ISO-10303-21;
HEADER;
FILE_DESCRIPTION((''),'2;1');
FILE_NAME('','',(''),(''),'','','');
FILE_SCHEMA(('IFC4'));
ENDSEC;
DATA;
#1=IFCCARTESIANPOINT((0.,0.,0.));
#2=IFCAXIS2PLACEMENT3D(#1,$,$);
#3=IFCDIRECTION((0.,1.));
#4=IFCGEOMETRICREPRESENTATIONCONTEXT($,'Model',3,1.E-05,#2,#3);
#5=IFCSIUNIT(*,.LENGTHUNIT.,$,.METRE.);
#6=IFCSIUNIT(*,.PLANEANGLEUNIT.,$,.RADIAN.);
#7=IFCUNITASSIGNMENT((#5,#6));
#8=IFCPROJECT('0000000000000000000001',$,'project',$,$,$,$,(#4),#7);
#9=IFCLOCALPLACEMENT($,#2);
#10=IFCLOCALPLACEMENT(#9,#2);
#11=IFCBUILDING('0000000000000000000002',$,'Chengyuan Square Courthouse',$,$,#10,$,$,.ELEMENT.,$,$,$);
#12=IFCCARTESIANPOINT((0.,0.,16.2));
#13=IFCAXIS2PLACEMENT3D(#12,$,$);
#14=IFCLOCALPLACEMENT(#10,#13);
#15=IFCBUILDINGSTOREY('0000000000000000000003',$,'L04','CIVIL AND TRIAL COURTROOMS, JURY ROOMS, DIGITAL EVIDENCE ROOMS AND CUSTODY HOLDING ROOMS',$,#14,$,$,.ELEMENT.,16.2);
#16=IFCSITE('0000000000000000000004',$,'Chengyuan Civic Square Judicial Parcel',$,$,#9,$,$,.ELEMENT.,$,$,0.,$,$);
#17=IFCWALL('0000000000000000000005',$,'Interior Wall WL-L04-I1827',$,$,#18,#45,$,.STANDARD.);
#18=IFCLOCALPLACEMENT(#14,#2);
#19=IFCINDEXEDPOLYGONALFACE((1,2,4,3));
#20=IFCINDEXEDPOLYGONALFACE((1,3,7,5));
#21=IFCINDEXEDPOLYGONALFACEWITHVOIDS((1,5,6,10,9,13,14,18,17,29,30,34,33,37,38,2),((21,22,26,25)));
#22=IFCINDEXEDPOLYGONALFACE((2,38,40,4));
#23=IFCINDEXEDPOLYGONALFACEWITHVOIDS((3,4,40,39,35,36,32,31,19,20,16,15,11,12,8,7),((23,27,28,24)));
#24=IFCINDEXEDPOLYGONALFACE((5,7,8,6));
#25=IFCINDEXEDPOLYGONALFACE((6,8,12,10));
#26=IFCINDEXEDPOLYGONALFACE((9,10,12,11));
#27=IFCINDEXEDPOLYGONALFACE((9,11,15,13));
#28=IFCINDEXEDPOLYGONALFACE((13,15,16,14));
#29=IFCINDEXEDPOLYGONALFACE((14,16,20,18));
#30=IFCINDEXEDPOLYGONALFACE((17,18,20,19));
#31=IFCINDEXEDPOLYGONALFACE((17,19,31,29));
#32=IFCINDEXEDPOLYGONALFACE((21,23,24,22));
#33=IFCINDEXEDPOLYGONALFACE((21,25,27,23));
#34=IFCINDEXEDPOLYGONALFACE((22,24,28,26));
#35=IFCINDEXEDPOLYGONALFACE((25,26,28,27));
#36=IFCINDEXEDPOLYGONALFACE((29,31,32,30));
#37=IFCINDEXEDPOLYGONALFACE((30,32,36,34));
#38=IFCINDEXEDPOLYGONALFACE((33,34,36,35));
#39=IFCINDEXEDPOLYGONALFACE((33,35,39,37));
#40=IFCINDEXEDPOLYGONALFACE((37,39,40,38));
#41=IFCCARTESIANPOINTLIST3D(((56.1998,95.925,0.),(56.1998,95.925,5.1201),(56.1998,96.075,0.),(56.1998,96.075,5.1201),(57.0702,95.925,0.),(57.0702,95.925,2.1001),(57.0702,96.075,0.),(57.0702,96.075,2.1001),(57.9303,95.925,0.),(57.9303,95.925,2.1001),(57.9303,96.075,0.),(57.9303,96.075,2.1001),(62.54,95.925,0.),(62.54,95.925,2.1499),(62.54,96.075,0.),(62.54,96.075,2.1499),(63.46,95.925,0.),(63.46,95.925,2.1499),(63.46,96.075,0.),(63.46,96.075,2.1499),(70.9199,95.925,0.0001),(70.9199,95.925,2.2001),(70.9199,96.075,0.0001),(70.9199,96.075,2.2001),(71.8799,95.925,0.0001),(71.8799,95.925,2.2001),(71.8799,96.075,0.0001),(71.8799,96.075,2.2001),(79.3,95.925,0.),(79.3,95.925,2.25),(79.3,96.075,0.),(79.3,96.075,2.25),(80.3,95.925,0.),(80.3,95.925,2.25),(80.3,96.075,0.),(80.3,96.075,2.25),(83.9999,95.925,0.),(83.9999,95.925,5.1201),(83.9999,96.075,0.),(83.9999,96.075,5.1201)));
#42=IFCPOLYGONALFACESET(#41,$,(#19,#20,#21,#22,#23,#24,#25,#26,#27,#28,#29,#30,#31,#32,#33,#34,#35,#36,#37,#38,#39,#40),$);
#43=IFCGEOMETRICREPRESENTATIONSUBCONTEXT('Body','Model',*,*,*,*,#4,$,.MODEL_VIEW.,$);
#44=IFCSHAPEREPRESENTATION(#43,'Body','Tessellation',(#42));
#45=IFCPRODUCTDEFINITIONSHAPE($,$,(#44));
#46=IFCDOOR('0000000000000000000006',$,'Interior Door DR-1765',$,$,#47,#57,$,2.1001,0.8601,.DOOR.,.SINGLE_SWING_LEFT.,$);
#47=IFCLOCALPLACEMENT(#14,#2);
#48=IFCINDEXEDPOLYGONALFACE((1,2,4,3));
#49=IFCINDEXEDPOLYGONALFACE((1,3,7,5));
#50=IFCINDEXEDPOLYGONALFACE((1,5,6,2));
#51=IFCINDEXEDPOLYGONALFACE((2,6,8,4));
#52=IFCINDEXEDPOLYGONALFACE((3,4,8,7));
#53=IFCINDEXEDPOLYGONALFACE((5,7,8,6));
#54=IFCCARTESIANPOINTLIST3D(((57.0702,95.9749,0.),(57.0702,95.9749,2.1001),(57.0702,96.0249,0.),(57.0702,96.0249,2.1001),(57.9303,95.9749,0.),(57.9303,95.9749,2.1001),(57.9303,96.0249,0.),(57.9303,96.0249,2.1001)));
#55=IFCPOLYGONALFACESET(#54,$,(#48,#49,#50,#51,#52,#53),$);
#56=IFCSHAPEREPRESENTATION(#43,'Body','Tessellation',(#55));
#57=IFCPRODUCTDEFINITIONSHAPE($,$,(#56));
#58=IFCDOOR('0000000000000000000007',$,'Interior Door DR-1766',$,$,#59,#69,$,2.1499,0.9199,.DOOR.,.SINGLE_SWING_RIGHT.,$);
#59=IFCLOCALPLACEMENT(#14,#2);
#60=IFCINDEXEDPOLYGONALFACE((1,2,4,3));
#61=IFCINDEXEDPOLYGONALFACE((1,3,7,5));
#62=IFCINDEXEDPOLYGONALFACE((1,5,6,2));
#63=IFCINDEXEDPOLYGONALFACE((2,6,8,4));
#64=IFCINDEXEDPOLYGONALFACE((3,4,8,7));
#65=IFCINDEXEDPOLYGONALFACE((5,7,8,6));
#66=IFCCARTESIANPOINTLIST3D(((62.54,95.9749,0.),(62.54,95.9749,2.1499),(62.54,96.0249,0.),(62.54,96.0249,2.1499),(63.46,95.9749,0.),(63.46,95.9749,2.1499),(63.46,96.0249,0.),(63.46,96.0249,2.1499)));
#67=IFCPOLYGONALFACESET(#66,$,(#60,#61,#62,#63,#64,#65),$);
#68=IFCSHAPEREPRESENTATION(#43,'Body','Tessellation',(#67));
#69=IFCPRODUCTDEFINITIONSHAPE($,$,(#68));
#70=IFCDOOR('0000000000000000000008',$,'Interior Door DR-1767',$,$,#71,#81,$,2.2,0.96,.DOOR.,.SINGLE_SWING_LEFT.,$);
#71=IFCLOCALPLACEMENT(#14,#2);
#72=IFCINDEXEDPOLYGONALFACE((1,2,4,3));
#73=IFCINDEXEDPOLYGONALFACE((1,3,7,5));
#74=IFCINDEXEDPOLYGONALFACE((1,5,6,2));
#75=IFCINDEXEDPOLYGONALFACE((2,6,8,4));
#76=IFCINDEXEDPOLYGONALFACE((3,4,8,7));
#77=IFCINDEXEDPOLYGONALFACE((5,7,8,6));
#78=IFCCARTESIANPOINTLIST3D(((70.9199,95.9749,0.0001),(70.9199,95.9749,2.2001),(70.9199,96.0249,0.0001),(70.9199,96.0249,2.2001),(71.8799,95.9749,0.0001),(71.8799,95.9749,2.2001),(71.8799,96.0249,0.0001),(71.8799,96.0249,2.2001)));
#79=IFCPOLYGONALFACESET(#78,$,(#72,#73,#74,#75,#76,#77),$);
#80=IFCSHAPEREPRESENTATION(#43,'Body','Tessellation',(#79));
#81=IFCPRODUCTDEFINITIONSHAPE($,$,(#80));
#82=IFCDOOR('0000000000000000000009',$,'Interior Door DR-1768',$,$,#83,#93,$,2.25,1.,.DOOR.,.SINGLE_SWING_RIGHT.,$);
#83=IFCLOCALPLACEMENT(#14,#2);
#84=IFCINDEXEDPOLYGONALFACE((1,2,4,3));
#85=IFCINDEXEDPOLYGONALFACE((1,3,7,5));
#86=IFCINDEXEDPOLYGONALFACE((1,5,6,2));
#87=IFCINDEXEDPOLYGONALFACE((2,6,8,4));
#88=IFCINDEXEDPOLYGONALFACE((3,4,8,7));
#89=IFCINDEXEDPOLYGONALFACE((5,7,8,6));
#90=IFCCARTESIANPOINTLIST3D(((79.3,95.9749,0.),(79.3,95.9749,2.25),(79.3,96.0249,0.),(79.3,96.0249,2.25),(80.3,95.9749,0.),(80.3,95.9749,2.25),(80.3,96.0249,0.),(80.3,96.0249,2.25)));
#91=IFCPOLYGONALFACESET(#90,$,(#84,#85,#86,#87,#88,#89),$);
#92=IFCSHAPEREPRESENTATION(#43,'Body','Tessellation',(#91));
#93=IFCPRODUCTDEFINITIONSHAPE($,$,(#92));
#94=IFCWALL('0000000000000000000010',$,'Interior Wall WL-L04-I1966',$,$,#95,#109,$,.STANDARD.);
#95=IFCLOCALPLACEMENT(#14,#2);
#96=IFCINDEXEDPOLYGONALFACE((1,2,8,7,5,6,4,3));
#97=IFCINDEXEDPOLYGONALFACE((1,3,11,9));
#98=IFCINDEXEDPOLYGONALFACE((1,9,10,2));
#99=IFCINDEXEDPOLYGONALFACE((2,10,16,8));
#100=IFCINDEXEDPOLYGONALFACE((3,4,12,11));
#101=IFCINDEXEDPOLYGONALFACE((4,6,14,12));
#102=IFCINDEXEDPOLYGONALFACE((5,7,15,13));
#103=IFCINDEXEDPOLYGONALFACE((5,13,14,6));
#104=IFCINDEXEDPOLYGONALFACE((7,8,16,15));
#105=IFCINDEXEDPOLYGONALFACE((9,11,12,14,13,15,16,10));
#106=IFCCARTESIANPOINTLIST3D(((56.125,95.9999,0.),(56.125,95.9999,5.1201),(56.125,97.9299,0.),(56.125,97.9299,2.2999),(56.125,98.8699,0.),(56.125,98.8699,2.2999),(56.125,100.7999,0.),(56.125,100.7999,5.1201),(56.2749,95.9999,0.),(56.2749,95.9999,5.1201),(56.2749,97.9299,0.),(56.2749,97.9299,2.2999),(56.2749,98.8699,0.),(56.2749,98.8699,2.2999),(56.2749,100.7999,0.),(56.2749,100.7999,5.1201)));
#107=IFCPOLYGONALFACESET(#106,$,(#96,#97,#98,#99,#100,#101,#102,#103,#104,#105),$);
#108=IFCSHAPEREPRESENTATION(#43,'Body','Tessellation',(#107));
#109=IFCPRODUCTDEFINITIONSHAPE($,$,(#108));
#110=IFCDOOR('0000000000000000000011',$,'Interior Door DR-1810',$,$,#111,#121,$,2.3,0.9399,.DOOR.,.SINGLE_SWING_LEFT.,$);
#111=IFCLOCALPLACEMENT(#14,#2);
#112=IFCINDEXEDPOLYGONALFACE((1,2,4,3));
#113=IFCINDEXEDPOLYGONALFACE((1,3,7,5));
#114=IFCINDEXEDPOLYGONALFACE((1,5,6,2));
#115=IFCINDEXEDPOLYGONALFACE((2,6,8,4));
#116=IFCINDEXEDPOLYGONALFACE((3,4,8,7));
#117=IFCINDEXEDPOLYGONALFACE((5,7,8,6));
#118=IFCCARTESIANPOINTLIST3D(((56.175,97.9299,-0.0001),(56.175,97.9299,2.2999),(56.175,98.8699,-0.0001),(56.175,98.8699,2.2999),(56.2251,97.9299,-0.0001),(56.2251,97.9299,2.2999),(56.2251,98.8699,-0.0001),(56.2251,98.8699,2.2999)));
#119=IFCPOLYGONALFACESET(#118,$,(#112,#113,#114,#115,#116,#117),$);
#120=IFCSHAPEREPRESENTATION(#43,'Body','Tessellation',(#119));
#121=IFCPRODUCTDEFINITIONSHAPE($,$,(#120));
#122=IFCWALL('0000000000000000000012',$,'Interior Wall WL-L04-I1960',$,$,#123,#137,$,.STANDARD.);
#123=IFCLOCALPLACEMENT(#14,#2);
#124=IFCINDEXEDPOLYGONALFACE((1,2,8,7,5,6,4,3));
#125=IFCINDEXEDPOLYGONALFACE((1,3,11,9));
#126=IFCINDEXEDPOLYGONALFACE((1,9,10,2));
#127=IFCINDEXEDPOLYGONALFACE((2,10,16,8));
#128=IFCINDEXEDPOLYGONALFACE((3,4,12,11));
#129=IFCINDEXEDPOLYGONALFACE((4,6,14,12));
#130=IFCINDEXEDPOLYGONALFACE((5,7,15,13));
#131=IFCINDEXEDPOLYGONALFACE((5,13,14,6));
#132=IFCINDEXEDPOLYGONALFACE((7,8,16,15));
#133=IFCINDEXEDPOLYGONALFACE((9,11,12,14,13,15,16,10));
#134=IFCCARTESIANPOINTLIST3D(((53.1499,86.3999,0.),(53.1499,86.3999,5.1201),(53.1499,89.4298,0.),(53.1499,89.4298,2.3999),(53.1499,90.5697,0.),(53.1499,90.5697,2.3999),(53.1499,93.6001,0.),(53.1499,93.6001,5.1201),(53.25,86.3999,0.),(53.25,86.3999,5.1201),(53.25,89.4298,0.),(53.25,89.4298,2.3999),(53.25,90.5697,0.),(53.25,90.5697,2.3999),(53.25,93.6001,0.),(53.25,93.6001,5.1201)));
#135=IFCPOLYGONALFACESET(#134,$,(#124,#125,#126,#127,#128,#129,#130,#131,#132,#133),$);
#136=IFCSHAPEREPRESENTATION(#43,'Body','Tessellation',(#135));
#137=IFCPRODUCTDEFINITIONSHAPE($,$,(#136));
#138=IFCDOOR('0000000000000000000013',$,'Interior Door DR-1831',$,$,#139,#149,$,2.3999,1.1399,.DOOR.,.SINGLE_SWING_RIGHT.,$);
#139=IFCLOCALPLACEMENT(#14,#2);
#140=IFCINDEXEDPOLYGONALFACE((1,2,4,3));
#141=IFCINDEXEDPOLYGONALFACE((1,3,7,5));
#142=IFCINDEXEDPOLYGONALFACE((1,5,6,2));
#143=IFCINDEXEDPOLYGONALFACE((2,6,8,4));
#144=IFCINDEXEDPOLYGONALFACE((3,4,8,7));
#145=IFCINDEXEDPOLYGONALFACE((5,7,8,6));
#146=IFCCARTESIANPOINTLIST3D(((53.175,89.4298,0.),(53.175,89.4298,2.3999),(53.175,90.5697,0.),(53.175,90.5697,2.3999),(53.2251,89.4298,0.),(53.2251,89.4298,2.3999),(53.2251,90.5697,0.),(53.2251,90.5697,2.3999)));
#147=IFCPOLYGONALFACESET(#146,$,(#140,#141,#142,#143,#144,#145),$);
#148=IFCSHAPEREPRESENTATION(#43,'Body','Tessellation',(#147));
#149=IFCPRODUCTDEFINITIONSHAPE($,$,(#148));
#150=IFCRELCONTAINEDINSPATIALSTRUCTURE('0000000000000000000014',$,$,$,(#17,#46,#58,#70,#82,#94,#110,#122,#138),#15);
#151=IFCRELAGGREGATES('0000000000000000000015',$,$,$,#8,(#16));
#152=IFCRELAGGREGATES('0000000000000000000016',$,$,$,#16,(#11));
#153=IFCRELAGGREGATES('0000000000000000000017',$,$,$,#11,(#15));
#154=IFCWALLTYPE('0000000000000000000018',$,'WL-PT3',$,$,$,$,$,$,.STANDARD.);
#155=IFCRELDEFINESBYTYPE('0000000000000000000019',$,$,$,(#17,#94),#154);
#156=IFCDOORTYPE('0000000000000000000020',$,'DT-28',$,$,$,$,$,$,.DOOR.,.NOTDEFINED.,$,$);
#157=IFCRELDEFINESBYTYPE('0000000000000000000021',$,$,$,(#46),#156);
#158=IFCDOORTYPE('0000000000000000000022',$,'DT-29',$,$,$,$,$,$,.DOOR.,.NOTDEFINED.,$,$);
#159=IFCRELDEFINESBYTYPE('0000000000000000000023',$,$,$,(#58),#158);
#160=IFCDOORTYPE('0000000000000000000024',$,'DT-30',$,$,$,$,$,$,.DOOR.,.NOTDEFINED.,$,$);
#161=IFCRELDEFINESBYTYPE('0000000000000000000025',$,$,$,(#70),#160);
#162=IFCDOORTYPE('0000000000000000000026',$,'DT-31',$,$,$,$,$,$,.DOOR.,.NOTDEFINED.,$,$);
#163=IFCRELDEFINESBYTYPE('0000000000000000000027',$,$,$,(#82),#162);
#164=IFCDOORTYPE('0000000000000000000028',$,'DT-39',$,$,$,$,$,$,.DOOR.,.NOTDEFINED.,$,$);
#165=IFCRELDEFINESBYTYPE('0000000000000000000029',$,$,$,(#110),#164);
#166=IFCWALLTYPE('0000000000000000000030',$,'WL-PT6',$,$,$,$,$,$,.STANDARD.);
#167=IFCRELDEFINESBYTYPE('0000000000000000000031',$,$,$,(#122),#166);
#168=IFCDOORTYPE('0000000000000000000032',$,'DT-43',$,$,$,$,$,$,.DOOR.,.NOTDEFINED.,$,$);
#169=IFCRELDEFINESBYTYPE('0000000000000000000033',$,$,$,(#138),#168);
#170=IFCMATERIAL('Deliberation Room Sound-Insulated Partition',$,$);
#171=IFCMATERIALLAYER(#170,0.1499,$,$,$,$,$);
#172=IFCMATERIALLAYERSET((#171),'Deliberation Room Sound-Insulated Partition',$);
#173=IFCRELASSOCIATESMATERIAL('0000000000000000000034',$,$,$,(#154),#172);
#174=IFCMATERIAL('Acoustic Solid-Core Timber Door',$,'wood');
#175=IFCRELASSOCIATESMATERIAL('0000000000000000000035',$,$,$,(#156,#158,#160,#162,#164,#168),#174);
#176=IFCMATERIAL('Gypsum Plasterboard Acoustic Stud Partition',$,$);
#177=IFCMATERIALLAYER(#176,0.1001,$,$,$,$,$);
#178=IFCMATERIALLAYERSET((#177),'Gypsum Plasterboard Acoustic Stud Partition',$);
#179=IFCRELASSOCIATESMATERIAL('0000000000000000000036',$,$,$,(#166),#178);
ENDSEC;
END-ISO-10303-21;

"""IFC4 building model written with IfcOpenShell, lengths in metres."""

from ifc_helpers import new_model, si_unit, direction, frame, frame_2d, origin, place, context, subcontext, project, spatial, rectangle, extrude, material, layer, layer_set, type_object, element, fill, save


model = new_model("IFC4")

# Units and contexts
model_context = context("Model", 3, precision=1e-05, world=origin(), true_north=direction((0.0, 1.0)))
body_context = subcontext(model_context, "Body", "Model", "MODEL_VIEW")
ifc_project = project(units=[si_unit("LENGTHUNIT", "METRE"), si_unit("PLANEANGLEUNIT", "RADIAN")], contexts=[model_context])

# Site, building, storey
site_placement = place(None, origin())
site = spatial("IfcSite", under=ifc_project, at=site_placement, Name="Chengyuan Civic Square Judicial Parcel", CompositionType="ELEMENT", RefElevation=0.0)
building_placement = place(site_placement, origin())
building = spatial("IfcBuilding", under=site, at=building_placement, Name="Chengyuan Square Courthouse", CompositionType="ELEMENT")
storey_placement = place(building_placement, frame((0.0, 0.0, 16.2)))
storey = spatial("IfcBuildingStorey", under=building, at=storey_placement, Name="L04", Description="CIVIL AND TRIAL COURTROOMS, JURY ROOMS, DIGITAL EVIDENCE ROOMS AND CUSTODY HOLDING ROOMS", CompositionType="ELEMENT", Elevation=16.2)

# Wall, openings, doors
ifc_material_1 = material(Name="Deliberation Room Sound-Insulated Partition")
ifc_layer_1 = layer(ifc_material_1, 0.1499)
ifc_layer_set_1 = layer_set([ifc_layer_1], Name="Deliberation Room Sound-Insulated Partition")
wall_type_1 = type_object("IfcWallType", Name="WL-PT3", PredefinedType="STANDARD", material=ifc_layer_set_1)
wall_1_placement = place(storey_placement, frame((56.2, 96.0, 0.0), z_axis=(0.0, 0.0, 1.0), x_axis=(1.0, 0.0, 0.0)))
wall_1 = element("IfcWall", 1, at=wall_1_placement, inside=storey, type_object=wall_type_1, Name="Interior Wall WL-L04-I1827", PredefinedType="STANDARD", context=body_context, shape_type="SweptSolid", body=[
    extrude(rectangle(XDim=27.8, YDim=0.1499, at=frame_2d((13.8999, 0.0))), origin(), (0.0, 0.0, 1.0), 5.1201),
])
opening_1_placement = place(wall_1_placement, frame((0.8701, 0.0, 0.0)))
opening_1 = element("IfcOpeningElement", 2, at=opening_1_placement, cuts=wall_1, PredefinedType="OPENING", context=body_context, shape_type="SweptSolid", body=[
    extrude(rectangle(XDim=0.8601, YDim=2.1001, at=frame_2d((0.4302, 1.05))), frame((0.0, 0.0869, 0.0), z_axis=(0.0, -1.0, 0.0), x_axis=(1.0, 0.0, 0.0)), (0.0, 0.0, 1.0), 0.1738),
])
opening_2_placement = place(wall_1_placement, frame((6.3401, 0.0, 0.0)))
opening_2 = element("IfcOpeningElement", 3, at=opening_2_placement, cuts=wall_1, PredefinedType="OPENING", context=body_context, shape_type="SweptSolid", body=[
    extrude(rectangle(XDim=0.9199, YDim=2.1499, at=frame_2d((0.46, 1.075))), frame((0.0, 0.0869, 0.0), z_axis=(0.0, -1.0, 0.0), x_axis=(1.0, 0.0, 0.0)), (0.0, 0.0, 1.0), 0.1738),
])
opening_3_placement = place(wall_1_placement, frame((14.72, 0.0, 0.0)))
opening_3 = element("IfcOpeningElement", 4, at=opening_3_placement, cuts=wall_1, PredefinedType="OPENING", context=body_context, shape_type="SweptSolid", body=[
    extrude(rectangle(XDim=0.96, YDim=2.2, at=frame_2d((0.48, 1.1001))), frame((0.0, 0.0869, 0.0), z_axis=(0.0, -1.0, 0.0), x_axis=(1.0, 0.0, 0.0)), (0.0, 0.0, 1.0), 0.1738),
])
opening_4_placement = place(wall_1_placement, frame((23.1001, 0.0, 0.0)))
opening_4 = element("IfcOpeningElement", 5, at=opening_4_placement, cuts=wall_1, PredefinedType="OPENING", context=body_context, shape_type="SweptSolid", body=[
    extrude(rectangle(XDim=1.0, YDim=2.25, at=frame_2d((0.5, 1.125))), frame((0.0, 0.0869, 0.0), z_axis=(0.0, -1.0, 0.0), x_axis=(1.0, 0.0, 0.0)), (0.0, 0.0, 1.0), 0.1738),
])
ifc_material_2 = material(Name="Acoustic Solid-Core Timber Door", Category="wood")
door_type_1 = type_object("IfcDoorType", Name="DT-28", OperationType="NOTDEFINED", PredefinedType="DOOR", material=ifc_material_2)
door_1_placement = place(opening_1_placement, origin())
door_1 = element("IfcDoor", 6, at=door_1_placement, inside=storey, type_object=door_type_1, Name="Interior Door DR-1765", OperationType="SINGLE_SWING_LEFT", OverallHeight=2.1001, OverallWidth=0.8601, PredefinedType="DOOR", context=body_context, shape_type="SweptSolid", body=[
    extrude(rectangle(XDim=0.8601, YDim=2.1001, at=frame_2d((0.4302, 1.05))), frame((0.0, 0.0249, 0.0), z_axis=(0.0, -1.0, 0.0), x_axis=(1.0, 0.0, 0.0)), (0.0, 0.0, 1.0), 0.05),
])
fill(opening_1, door_1)
door_type_2 = type_object("IfcDoorType", Name="DT-29", OperationType="NOTDEFINED", PredefinedType="DOOR", material=ifc_material_2)
door_2_placement = place(opening_2_placement, origin())
door_2 = element("IfcDoor", 7, at=door_2_placement, inside=storey, type_object=door_type_2, Name="Interior Door DR-1766", OperationType="SINGLE_SWING_RIGHT", OverallHeight=2.1499, OverallWidth=0.9199, PredefinedType="DOOR", context=body_context, shape_type="SweptSolid", body=[
    extrude(rectangle(XDim=0.9199, YDim=2.1499, at=frame_2d((0.46, 1.075))), frame((0.0, 0.0249, 0.0), z_axis=(0.0, -1.0, 0.0), x_axis=(1.0, 0.0, 0.0)), (0.0, 0.0, 1.0), 0.05),
])
fill(opening_2, door_2)
door_type_3 = type_object("IfcDoorType", Name="DT-30", OperationType="NOTDEFINED", PredefinedType="DOOR", material=ifc_material_2)
door_3_placement = place(opening_3_placement, origin())
door_3 = element("IfcDoor", 8, at=door_3_placement, inside=storey, type_object=door_type_3, Name="Interior Door DR-1767", OperationType="SINGLE_SWING_LEFT", OverallHeight=2.2, OverallWidth=0.96, PredefinedType="DOOR", context=body_context, shape_type="SweptSolid", body=[
    extrude(rectangle(XDim=0.96, YDim=2.2, at=frame_2d((0.48, 1.1001))), frame((0.0, 0.0249, 0.0), z_axis=(0.0, -1.0, 0.0), x_axis=(1.0, 0.0, 0.0)), (0.0, 0.0, 1.0), 0.05),
])
fill(opening_3, door_3)
door_type_4 = type_object("IfcDoorType", Name="DT-31", OperationType="NOTDEFINED", PredefinedType="DOOR", material=ifc_material_2)
door_4_placement = place(opening_4_placement, origin())
door_4 = element("IfcDoor", 9, at=door_4_placement, inside=storey, type_object=door_type_4, Name="Interior Door DR-1768", OperationType="SINGLE_SWING_RIGHT", OverallHeight=2.25, OverallWidth=1.0, PredefinedType="DOOR", context=body_context, shape_type="SweptSolid", body=[
    extrude(rectangle(XDim=1.0, YDim=2.25, at=frame_2d((0.5, 1.125))), frame((0.0, 0.0249, 0.0), z_axis=(0.0, -1.0, 0.0), x_axis=(1.0, 0.0, 0.0)), (0.0, 0.0, 1.0), 0.05),
])
fill(opening_4, door_4)

# Walls, openings, doors
wall_2_placement = place(storey_placement, frame((56.2, 96.0, 0.0), z_axis=(0.0, 0.0, 1.0), x_axis=(0.0, 1.0, 0.0)))
wall_2 = element("IfcWall", 10, at=wall_2_placement, inside=storey, type_object=wall_type_1, Name="Interior Wall WL-L04-I1966", PredefinedType="STANDARD", context=body_context, shape_type="SweptSolid", body=[
    extrude(rectangle(XDim=4.8, YDim=0.1499, at=frame_2d((2.3999, 0.0))), origin(), (0.0, 0.0, 1.0), 5.1201),
])
opening_5_placement = place(wall_2_placement, frame((1.9299, 0.0, 0.0)))
opening_5 = element("IfcOpeningElement", 11, at=opening_5_placement, cuts=wall_2, PredefinedType="OPENING", context=body_context, shape_type="SweptSolid", body=[
    extrude(rectangle(XDim=0.9399, YDim=2.3, at=frame_2d((0.47, 1.1499))), frame((0.0, 0.0869, 0.0), z_axis=(0.0, -1.0, 0.0), x_axis=(1.0, 0.0, 0.0)), (0.0, 0.0, 1.0), 0.1738),
])
door_type_5 = type_object("IfcDoorType", Name="DT-39", OperationType="NOTDEFINED", PredefinedType="DOOR", material=ifc_material_2)
door_5_placement = place(opening_5_placement, origin())
door_5 = element("IfcDoor", 12, at=door_5_placement, inside=storey, type_object=door_type_5, Name="Interior Door DR-1810", OperationType="SINGLE_SWING_LEFT", OverallHeight=2.3, OverallWidth=0.9399, PredefinedType="DOOR", context=body_context, shape_type="SweptSolid", body=[
    extrude(rectangle(XDim=0.9399, YDim=2.3, at=frame_2d((0.47, 1.1499))), frame((0.0, 0.0249, 0.0), z_axis=(0.0, -1.0, 0.0), x_axis=(1.0, 0.0, 0.0)), (0.0, 0.0, 1.0), 0.05),
])
fill(opening_5, door_5)
ifc_material_3 = material(Name="Gypsum Plasterboard Acoustic Stud Partition")
ifc_layer_2 = layer(ifc_material_3, 0.1001)
ifc_layer_set_2 = layer_set([ifc_layer_2], Name="Gypsum Plasterboard Acoustic Stud Partition")
wall_type_2 = type_object("IfcWallType", Name="WL-PT6", PredefinedType="STANDARD", material=ifc_layer_set_2)
wall_3_placement = place(storey_placement, frame((53.2, 86.3999, 0.0), z_axis=(0.0, 0.0, 1.0), x_axis=(0.0, 1.0, 0.0)))
wall_3 = element("IfcWall", 13, at=wall_3_placement, inside=storey, type_object=wall_type_2, Name="Interior Wall WL-L04-I1960", PredefinedType="STANDARD", context=body_context, shape_type="SweptSolid", body=[
    extrude(rectangle(XDim=7.2002, YDim=0.1001, at=frame_2d((3.6001, 0.0))), origin(), (0.0, 0.0, 1.0), 5.1201),
])
opening_6_placement = place(wall_3_placement, frame((3.03, 0.0, 0.0)))
opening_6 = element("IfcOpeningElement", 14, at=opening_6_placement, cuts=wall_3, PredefinedType="OPENING", context=body_context, shape_type="SweptSolid", body=[
    extrude(rectangle(XDim=1.1399, YDim=2.3999, at=frame_2d((0.5698, 1.2))), frame((0.0, 0.062, 0.0), z_axis=(0.0, -1.0, 0.0), x_axis=(1.0, 0.0, 0.0)), (0.0, 0.0, 1.0), 0.124),
])
door_type_6 = type_object("IfcDoorType", Name="DT-43", OperationType="NOTDEFINED", PredefinedType="DOOR", material=ifc_material_2)
door_6_placement = place(opening_6_placement, origin())
door_6 = element("IfcDoor", 15, at=door_6_placement, inside=storey, type_object=door_type_6, Name="Interior Door DR-1831", OperationType="SINGLE_SWING_RIGHT", OverallHeight=2.3999, OverallWidth=1.1399, PredefinedType="DOOR", context=body_context, shape_type="SweptSolid", body=[
    extrude(rectangle(XDim=1.1399, YDim=2.3999, at=frame_2d((0.5698, 1.2))), frame((0.0, 0.0249, 0.0), z_axis=(0.0, -1.0, 0.0), x_axis=(1.0, 0.0, 0.0)), (0.0, 0.0, 1.0), 0.05),
])
fill(opening_6, door_6)

save(model, "model.ifc")
